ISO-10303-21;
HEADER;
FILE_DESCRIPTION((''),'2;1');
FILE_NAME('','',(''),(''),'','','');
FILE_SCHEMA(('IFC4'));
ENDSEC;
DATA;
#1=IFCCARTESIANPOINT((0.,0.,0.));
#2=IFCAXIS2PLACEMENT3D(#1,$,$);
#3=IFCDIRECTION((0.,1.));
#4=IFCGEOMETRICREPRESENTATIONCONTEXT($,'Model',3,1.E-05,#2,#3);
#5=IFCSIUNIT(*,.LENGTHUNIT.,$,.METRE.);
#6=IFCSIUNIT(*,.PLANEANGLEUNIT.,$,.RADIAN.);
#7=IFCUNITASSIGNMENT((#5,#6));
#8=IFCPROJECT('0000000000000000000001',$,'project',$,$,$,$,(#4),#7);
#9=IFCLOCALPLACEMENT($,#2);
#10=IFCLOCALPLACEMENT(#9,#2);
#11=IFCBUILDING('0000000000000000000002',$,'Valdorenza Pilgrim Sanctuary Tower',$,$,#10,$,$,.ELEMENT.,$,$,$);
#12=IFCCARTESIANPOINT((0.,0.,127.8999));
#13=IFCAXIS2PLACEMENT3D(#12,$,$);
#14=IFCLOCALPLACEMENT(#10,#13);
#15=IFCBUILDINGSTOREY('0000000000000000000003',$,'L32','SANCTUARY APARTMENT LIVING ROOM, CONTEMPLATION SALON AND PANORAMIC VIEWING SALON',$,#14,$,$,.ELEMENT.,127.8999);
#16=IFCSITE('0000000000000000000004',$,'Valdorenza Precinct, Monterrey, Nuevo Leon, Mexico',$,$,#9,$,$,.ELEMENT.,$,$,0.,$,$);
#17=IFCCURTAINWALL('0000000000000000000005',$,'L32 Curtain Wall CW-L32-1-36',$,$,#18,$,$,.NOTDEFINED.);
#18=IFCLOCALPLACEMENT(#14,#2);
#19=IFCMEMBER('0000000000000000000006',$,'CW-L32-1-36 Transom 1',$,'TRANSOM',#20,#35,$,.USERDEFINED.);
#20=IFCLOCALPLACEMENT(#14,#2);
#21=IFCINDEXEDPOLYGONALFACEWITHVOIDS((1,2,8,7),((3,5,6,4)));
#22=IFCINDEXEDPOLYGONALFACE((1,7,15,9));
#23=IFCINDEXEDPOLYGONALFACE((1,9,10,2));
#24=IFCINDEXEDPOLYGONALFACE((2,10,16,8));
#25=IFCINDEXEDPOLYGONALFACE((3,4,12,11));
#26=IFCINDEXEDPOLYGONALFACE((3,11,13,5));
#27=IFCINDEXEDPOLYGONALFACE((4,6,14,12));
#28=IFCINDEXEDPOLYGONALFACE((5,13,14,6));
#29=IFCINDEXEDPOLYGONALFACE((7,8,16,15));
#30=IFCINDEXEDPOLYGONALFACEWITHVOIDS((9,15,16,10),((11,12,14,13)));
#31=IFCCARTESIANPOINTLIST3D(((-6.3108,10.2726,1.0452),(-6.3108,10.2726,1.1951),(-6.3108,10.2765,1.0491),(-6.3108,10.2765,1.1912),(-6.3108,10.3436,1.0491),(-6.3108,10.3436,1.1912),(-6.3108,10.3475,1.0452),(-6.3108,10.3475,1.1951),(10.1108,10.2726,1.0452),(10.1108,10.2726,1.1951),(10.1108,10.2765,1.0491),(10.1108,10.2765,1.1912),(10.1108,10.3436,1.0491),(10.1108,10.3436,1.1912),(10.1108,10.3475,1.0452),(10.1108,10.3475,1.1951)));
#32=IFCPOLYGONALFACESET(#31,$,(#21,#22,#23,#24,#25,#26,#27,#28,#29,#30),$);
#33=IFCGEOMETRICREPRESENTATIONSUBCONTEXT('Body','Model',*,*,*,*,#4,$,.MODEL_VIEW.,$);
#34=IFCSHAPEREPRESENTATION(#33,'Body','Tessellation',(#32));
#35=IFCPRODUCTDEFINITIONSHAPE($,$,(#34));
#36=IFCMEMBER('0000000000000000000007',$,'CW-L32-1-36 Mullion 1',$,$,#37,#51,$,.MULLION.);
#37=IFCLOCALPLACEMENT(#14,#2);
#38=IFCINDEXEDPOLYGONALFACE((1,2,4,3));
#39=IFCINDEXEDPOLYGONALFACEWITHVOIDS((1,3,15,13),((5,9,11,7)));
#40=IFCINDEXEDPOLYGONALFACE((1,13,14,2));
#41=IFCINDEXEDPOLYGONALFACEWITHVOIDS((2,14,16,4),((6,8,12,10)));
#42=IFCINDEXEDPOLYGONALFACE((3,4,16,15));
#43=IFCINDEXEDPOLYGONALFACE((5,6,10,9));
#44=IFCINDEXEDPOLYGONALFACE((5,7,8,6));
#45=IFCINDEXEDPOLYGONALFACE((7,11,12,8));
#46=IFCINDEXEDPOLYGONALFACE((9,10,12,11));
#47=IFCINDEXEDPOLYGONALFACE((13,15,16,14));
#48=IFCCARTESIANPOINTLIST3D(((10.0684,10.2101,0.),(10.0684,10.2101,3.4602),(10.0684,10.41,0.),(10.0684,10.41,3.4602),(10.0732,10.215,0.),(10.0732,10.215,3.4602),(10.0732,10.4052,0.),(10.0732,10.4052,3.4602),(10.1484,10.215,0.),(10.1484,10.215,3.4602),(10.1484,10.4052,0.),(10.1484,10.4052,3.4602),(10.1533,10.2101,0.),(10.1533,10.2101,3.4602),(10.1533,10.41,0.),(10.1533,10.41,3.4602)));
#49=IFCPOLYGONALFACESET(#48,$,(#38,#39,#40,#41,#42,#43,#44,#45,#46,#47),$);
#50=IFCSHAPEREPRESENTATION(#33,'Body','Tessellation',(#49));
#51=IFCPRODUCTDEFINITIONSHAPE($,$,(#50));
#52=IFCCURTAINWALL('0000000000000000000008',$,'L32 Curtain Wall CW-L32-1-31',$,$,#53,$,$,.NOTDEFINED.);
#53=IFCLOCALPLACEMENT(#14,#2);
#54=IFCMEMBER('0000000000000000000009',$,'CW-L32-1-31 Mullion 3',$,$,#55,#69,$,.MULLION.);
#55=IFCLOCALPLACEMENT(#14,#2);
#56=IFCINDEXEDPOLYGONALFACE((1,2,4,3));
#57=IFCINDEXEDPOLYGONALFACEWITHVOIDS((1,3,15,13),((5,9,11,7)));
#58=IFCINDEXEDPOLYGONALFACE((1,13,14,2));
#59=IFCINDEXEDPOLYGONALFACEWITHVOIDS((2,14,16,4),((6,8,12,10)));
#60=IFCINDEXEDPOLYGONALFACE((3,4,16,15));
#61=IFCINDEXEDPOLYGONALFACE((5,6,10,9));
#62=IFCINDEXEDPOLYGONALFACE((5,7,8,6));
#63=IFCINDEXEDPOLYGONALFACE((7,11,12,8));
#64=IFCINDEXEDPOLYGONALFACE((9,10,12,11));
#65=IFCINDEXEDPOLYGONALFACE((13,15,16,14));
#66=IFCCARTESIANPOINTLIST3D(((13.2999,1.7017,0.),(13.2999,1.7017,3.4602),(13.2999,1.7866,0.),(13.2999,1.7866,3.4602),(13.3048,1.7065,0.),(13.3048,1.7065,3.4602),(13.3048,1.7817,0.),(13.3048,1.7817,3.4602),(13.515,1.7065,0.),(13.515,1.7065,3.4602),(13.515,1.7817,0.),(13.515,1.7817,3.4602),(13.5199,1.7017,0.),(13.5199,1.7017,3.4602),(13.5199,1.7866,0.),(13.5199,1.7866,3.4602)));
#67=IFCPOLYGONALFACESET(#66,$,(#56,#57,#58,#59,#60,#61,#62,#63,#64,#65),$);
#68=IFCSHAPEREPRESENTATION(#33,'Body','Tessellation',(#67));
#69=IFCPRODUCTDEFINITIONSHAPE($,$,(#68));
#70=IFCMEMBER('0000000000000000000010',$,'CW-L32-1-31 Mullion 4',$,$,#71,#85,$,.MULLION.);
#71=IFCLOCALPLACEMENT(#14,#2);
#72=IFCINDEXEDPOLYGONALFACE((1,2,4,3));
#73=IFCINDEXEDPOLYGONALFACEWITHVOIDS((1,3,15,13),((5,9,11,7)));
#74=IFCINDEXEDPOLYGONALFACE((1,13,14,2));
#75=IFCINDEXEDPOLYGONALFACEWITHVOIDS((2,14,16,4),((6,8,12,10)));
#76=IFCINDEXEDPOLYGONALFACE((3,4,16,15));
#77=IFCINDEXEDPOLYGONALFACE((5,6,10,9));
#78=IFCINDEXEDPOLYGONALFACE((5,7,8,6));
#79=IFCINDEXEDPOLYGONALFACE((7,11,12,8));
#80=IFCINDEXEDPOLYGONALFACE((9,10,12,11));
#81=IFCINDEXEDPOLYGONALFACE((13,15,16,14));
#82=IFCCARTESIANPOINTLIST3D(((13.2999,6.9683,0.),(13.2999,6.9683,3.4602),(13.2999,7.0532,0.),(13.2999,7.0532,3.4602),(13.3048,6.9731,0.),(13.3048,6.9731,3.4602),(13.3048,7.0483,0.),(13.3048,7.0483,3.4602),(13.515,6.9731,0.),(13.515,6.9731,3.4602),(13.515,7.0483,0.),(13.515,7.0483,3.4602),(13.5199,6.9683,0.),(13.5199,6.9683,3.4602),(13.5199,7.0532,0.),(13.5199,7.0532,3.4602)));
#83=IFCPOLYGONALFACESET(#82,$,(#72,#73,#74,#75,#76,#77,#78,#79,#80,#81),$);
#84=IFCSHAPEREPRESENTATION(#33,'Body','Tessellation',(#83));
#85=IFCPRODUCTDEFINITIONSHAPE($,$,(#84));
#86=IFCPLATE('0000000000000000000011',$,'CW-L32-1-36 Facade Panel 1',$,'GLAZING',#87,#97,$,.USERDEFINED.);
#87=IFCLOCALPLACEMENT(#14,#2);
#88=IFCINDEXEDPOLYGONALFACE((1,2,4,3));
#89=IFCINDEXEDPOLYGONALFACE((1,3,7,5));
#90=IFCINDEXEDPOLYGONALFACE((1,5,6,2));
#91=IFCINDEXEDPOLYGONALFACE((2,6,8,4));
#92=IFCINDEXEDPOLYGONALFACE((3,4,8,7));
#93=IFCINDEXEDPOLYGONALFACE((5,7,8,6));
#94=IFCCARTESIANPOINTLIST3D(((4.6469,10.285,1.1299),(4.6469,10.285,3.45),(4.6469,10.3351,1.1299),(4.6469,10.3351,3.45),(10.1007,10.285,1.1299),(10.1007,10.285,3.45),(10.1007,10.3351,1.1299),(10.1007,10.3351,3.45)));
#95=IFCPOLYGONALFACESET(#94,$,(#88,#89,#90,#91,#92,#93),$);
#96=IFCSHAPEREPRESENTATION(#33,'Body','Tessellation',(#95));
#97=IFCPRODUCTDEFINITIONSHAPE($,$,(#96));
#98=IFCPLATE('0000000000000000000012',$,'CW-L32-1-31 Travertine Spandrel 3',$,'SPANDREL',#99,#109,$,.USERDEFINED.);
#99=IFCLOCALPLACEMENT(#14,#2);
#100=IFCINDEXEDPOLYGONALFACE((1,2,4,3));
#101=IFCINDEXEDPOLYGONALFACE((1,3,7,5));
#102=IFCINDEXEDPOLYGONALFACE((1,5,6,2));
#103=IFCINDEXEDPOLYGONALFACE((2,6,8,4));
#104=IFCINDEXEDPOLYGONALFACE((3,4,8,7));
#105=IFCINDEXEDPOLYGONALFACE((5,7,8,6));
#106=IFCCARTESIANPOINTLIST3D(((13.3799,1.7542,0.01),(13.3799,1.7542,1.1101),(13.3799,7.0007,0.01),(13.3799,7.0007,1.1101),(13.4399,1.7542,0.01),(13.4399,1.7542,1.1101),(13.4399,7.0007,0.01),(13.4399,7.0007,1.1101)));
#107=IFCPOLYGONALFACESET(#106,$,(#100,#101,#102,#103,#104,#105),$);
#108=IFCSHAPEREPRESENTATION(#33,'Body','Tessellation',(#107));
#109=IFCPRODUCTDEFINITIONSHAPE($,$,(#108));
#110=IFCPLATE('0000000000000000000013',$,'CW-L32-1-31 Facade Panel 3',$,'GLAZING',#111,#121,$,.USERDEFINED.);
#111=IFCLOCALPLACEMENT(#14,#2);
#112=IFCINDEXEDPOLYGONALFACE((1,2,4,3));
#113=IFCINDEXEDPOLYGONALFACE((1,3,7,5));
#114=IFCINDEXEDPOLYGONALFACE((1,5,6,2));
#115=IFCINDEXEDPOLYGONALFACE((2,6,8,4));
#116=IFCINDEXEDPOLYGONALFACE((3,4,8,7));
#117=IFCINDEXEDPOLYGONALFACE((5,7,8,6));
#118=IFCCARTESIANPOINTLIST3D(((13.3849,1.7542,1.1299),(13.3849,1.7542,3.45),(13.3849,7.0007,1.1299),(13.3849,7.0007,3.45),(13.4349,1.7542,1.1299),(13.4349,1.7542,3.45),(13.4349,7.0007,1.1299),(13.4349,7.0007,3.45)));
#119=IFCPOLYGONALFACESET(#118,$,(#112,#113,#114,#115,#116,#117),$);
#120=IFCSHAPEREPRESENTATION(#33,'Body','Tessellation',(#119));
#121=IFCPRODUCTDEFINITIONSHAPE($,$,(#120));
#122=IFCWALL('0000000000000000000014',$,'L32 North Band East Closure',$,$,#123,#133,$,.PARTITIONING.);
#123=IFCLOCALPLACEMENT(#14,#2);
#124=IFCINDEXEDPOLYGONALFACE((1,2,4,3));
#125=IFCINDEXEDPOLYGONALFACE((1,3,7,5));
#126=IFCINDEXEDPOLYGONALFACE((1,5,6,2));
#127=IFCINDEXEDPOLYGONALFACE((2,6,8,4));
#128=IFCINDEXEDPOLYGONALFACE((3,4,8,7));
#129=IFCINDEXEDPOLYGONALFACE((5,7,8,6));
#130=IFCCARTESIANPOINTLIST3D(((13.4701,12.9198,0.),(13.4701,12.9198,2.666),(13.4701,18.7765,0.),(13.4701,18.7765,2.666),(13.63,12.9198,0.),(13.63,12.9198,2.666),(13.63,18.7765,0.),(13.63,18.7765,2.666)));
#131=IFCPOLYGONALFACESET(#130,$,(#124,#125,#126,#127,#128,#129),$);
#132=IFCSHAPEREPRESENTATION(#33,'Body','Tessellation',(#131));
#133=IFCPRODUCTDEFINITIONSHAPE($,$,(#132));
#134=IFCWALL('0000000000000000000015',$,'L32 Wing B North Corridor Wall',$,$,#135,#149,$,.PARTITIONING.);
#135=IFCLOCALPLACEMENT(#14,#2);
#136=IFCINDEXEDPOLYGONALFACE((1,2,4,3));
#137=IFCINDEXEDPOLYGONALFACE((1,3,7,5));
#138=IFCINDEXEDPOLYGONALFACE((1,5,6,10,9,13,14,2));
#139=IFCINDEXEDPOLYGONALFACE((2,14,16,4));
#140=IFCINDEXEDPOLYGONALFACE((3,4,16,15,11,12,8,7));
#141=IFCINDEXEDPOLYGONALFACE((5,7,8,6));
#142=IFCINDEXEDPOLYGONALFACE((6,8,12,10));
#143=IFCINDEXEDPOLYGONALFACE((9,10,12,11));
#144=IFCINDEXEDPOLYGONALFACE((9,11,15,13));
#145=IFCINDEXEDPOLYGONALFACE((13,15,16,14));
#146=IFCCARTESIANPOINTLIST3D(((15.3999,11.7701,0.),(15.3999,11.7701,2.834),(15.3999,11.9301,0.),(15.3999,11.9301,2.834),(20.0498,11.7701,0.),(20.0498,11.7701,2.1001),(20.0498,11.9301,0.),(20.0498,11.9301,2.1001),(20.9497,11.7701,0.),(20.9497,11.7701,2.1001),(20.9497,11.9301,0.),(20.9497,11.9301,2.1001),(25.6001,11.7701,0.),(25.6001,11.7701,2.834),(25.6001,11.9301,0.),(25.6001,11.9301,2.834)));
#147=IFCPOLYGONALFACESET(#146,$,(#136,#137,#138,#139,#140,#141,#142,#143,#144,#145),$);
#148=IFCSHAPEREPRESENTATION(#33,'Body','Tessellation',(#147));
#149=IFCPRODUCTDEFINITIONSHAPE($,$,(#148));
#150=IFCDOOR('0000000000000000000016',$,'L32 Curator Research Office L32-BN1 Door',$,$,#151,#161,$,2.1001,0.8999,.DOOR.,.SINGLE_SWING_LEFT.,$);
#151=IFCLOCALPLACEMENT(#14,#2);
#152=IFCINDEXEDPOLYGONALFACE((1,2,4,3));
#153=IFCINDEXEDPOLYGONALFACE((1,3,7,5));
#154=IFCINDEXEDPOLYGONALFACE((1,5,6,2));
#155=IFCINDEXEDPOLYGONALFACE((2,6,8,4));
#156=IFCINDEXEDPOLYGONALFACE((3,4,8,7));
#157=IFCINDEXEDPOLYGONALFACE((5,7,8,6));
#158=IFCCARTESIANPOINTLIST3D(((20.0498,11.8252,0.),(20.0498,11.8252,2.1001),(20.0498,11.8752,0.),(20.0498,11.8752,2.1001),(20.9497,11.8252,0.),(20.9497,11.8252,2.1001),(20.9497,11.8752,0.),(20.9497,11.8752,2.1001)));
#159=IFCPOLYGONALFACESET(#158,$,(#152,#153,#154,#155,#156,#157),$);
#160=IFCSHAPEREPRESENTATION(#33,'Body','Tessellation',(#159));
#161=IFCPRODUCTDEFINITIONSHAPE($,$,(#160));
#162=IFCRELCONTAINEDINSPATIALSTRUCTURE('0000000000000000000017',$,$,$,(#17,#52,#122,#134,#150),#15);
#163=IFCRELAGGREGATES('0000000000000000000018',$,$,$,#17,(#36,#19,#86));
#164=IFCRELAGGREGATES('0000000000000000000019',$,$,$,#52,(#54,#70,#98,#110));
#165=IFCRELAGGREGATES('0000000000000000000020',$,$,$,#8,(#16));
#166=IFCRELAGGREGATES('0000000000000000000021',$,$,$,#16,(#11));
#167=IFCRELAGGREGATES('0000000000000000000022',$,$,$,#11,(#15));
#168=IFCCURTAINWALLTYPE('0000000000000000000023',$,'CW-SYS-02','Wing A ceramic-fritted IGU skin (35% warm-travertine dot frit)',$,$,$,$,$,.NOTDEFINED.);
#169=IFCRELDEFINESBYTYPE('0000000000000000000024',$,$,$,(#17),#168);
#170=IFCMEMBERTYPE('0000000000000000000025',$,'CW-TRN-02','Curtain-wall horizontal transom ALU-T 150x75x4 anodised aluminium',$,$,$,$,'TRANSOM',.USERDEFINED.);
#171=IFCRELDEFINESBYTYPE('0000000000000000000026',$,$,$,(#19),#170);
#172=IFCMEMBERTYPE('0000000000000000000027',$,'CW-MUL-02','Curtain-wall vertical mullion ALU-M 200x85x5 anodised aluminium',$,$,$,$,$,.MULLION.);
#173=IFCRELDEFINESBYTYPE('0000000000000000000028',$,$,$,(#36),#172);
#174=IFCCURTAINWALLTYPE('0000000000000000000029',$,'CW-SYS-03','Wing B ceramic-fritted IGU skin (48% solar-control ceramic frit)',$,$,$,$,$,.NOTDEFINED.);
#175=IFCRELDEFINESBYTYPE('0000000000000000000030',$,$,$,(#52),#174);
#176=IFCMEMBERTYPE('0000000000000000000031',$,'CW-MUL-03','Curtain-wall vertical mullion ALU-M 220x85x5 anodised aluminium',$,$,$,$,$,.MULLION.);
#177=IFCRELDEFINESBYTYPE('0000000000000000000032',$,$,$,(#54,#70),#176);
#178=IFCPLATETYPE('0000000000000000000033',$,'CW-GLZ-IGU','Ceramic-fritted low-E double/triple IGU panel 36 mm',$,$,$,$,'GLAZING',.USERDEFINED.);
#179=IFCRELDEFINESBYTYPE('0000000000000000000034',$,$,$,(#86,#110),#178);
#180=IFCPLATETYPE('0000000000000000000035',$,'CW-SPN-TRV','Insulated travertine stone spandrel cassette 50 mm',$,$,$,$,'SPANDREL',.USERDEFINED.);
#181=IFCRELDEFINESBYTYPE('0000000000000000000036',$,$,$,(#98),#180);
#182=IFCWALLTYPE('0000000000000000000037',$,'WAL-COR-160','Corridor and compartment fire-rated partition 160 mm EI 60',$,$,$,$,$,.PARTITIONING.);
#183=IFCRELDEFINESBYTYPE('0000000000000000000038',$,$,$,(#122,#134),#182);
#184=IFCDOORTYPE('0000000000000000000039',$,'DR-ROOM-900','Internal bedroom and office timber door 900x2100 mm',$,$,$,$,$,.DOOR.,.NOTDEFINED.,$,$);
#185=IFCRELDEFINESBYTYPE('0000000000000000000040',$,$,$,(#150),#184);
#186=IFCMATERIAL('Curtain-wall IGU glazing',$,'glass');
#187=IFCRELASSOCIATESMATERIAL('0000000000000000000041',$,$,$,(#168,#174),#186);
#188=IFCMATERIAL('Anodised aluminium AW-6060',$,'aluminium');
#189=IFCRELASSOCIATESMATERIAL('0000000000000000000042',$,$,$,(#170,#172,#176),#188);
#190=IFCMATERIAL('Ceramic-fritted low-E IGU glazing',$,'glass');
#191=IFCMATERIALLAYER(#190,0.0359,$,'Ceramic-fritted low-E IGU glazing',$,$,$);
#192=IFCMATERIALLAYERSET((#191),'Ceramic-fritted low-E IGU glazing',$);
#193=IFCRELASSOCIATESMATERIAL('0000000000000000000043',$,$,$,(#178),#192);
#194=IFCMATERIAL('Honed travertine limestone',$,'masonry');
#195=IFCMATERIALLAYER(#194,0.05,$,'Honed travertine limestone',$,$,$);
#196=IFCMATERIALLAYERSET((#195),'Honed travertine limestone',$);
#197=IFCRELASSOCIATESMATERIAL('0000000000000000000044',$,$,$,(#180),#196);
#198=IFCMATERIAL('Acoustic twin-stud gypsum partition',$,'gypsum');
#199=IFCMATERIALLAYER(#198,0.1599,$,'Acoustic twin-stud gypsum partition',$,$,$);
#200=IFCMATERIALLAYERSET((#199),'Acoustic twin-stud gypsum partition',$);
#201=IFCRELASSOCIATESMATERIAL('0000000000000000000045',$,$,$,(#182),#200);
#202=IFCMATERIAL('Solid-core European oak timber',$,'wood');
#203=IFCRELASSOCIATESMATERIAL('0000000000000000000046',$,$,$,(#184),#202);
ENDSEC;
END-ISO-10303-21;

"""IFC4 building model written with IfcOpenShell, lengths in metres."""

from ifc_helpers import new_model, si_unit, direction, frame, frame_2d, origin, origin_2d, place, context, subcontext, project, spatial, rectangle, hollow_rectangle, extrude, source, transform, mapped, material, layer, layer_set, material_profile, profile_set, type_object, element, fill, aggregate, save


model = new_model("IFC4")

# Units and contexts
model_context = context("Model", 3, precision=1e-05, world=origin(), true_north=direction((0.0, 1.0)))
body_context = subcontext(model_context, "Body", "Model", "MODEL_VIEW")
ifc_project = project(units=[si_unit("LENGTHUNIT", "METRE"), si_unit("PLANEANGLEUNIT", "RADIAN")], contexts=[model_context])

# Site, building, storey
site_placement = place(None, origin())
site = spatial("IfcSite", under=ifc_project, at=site_placement, Name="Valdorenza Precinct, Monterrey, Nuevo Leon, Mexico", CompositionType="ELEMENT", RefElevation=0.0)
building_placement = place(site_placement, origin())
building = spatial("IfcBuilding", under=site, at=building_placement, Name="Valdorenza Pilgrim Sanctuary Tower", CompositionType="ELEMENT")
storey_placement = place(building_placement, frame((0.0, 0.0, 127.8999)))
storey = spatial("IfcBuildingStorey", under=building, at=storey_placement, Name="L32", Description="SANCTUARY APARTMENT LIVING ROOM, CONTEMPLATION SALON AND PANORAMIC VIEWING SALON", CompositionType="ELEMENT", Elevation=127.8999)

# Curtain walls, members
ifc_material_1 = material(Name="Curtain-wall IGU glazing", Category="glass")
curtain_wall_type_1 = type_object("IfcCurtainWallType", Name="CW-SYS-02", Description="Wing A ceramic-fritted IGU skin (35% warm-travertine dot frit)", PredefinedType="NOTDEFINED", material=ifc_material_1)
curtain_wall_1_placement = place(storey_placement, origin())
curtain_wall_1 = element("IfcCurtainWall", 1, at=curtain_wall_1_placement, inside=storey, type_object=curtain_wall_type_1, Name="L32 Curtain Wall CW-L32-1-36", PredefinedType="NOTDEFINED")
ifc_material_2 = material(Name="Anodised aluminium AW-6060", Category="aluminium")
ifc_material_profile_1 = material_profile(ifc_material_2, hollow_rectangle(XDim=0.075, YDim=0.1499, WallThickness=0.0039, at=origin_2d()), Name="ALU-T 150x75x4")
ifc_profile_set_1 = profile_set([ifc_material_profile_1], Name="Anodised aluminium AW-6060")
member_type_1 = type_object("IfcMemberType", Name="CW-TRN-02", Description="Curtain-wall horizontal transom ALU-T 150x75x4 anodised aluminium", ElementType="TRANSOM", PredefinedType="USERDEFINED", material=ifc_profile_set_1)
shared_shape_1 = source(origin(), body_context, "Body", "SweptSolid", [
    extrude(hollow_rectangle(XDim=0.075, YDim=0.1499, WallThickness=0.0039, at=origin_2d()), origin(), (0.0, 0.0, 1.0), 16.4216),
])
member_1_placement = place(storey_placement, frame((10.1108, 10.3101, 1.1201), z_axis=(-1.0, 0.0, 0.0), x_axis=(0.0, -1.0, 0.0)))
member_1 = element("IfcMember", 2, at=member_1_placement, type_object=member_type_1, Name="CW-L32-1-36 Transom 1", ObjectType="TRANSOM", PredefinedType="USERDEFINED", context=body_context, shape_type="MappedRepresentation", body=[
    mapped(shared_shape_1, transform((0.0, 0.0, 0.0), x_axis=(1.0, 0.0, 0.0), y_axis=(0.0, 1.0, 0.0), z_axis=(0.0, 0.0, 1.0), scale=1.0)),
])
ifc_material_profile_2 = material_profile(ifc_material_2, hollow_rectangle(XDim=0.085, YDim=0.2, WallThickness=0.0049, at=origin_2d()), Name="ALU-M 200x85x5")
ifc_profile_set_2 = profile_set([ifc_material_profile_2], Name="Anodised aluminium AW-6060")
member_type_2 = type_object("IfcMemberType", Name="CW-MUL-02", Description="Curtain-wall vertical mullion ALU-M 200x85x5 anodised aluminium", PredefinedType="MULLION", material=ifc_profile_set_2)
shared_shape_2 = source(origin(), body_context, "Body", "SweptSolid", [
    extrude(hollow_rectangle(XDim=0.085, YDim=0.2, WallThickness=0.0049, at=origin_2d()), origin(), (0.0, 0.0, 1.0), 3.4602),
])
member_2_placement = place(storey_placement, frame((10.1108, 10.3101, 0.0), z_axis=(0.0, 0.0, 1.0), x_axis=(-1.0, 0.0, 0.0)))
member_2 = element("IfcMember", 3, at=member_2_placement, type_object=member_type_2, Name="CW-L32-1-36 Mullion 1", PredefinedType="MULLION", context=body_context, shape_type="MappedRepresentation", body=[
    mapped(shared_shape_2, transform((0.0, 0.0, 0.0), x_axis=(1.0, 0.0, 0.0), y_axis=(0.0, 1.0, 0.0), z_axis=(0.0, 0.0, 1.0), scale=1.0)),
])
curtain_wall_type_2 = type_object("IfcCurtainWallType", Name="CW-SYS-03", Description="Wing B ceramic-fritted IGU skin (48% solar-control ceramic frit)", PredefinedType="NOTDEFINED", material=ifc_material_1)
curtain_wall_2_placement = place(storey_placement, origin())
curtain_wall_2 = element("IfcCurtainWall", 4, at=curtain_wall_2_placement, inside=storey, type_object=curtain_wall_type_2, Name="L32 Curtain Wall CW-L32-1-31", PredefinedType="NOTDEFINED")
ifc_material_profile_3 = material_profile(ifc_material_2, hollow_rectangle(XDim=0.085, YDim=0.22, WallThickness=0.0049, at=origin_2d()), Name="ALU-M 220x85x5")
ifc_profile_set_3 = profile_set([ifc_material_profile_3], Name="Anodised aluminium AW-6060")
member_type_3 = type_object("IfcMemberType", Name="CW-MUL-03", Description="Curtain-wall vertical mullion ALU-M 220x85x5 anodised aluminium", PredefinedType="MULLION", material=ifc_profile_set_3)
shared_shape_3 = source(origin(), body_context, "Body", "SweptSolid", [
    extrude(hollow_rectangle(XDim=0.085, YDim=0.22, WallThickness=0.0049, at=origin_2d()), origin(), (0.0, 0.0, 1.0), 3.4602),
])
member_3_placement = place(storey_placement, frame((13.4099, 1.7441, 0.0), z_axis=(0.0, 0.0, 1.0), x_axis=(0.0, 1.0, 0.0)))
member_3 = element("IfcMember", 5, at=member_3_placement, type_object=member_type_3, Name="CW-L32-1-31 Mullion 3", PredefinedType="MULLION", context=body_context, shape_type="MappedRepresentation", body=[
    mapped(shared_shape_3, transform((0.0, 0.0, 0.0), x_axis=(1.0, 0.0, 0.0), y_axis=(0.0, 1.0, 0.0), z_axis=(0.0, 0.0, 1.0), scale=1.0)),
])
member_4_placement = place(storey_placement, frame((13.4099, 7.0107, 0.0), z_axis=(0.0, 0.0, 1.0), x_axis=(0.0, 1.0, 0.0)))
member_4 = element("IfcMember", 6, at=member_4_placement, type_object=member_type_3, Name="CW-L32-1-31 Mullion 4", PredefinedType="MULLION", context=body_context, shape_type="MappedRepresentation", body=[
    mapped(shared_shape_3, transform((0.0, 0.0, 0.0), x_axis=(1.0, 0.0, 0.0), y_axis=(0.0, 1.0, 0.0), z_axis=(0.0, 0.0, 1.0), scale=1.0)),
])

# Plates
ifc_material_3 = material(Name="Ceramic-fritted low-E IGU glazing", Category="glass")
ifc_layer_1 = layer(ifc_material_3, 0.0359, Name="Ceramic-fritted low-E IGU glazing")
ifc_layer_set_1 = layer_set([ifc_layer_1], Name="Ceramic-fritted low-E IGU glazing")
plate_type_1 = type_object("IfcPlateType", Name="CW-GLZ-IGU", Description="Ceramic-fritted low-E double/triple IGU panel 36 mm", ElementType="GLAZING", PredefinedType="USERDEFINED", material=ifc_layer_set_1)
shared_shape_4 = source(origin(), body_context, "Body", "SweptSolid", [
    extrude(rectangle(XDim=5.4539, YDim=0.05, at=origin_2d()), origin(), (0.0, 0.0, 1.0), 2.3201),
])
plate_1_placement = place(storey_placement, frame((7.3738, 10.3101, 1.1299), z_axis=(0.0, 0.0, 1.0), x_axis=(-1.0, 0.0, 0.0)))
plate_1 = element("IfcPlate", 7, at=plate_1_placement, type_object=plate_type_1, Name="CW-L32-1-36 Facade Panel 1", ObjectType="GLAZING", PredefinedType="USERDEFINED", context=body_context, shape_type="MappedRepresentation", body=[
    mapped(shared_shape_4, transform((0.0, 0.0, 0.0), x_axis=(1.0, 0.0, 0.0), y_axis=(0.0, 1.0, 0.0), z_axis=(0.0, 0.0, 1.0), scale=1.0)),
])
aggregate(curtain_wall_1, [member_2, member_1, plate_1])
ifc_material_4 = material(Name="Honed travertine limestone", Category="masonry")
ifc_layer_2 = layer(ifc_material_4, 0.05, Name="Honed travertine limestone")
ifc_layer_set_2 = layer_set([ifc_layer_2], Name="Honed travertine limestone")
plate_type_2 = type_object("IfcPlateType", Name="CW-SPN-TRV", Description="Insulated travertine stone spandrel cassette 50 mm", ElementType="SPANDREL", PredefinedType="USERDEFINED", material=ifc_layer_set_2)
shared_shape_5 = source(origin(), body_context, "Body", "SweptSolid", [
    extrude(rectangle(XDim=5.2466, YDim=0.0601, at=origin_2d()), origin(), (0.0, 0.0, 1.0), 1.1001),
])
plate_2_placement = place(storey_placement, frame((13.4099, 4.3774, 0.01), z_axis=(0.0, 0.0, 1.0), x_axis=(0.0, 1.0, 0.0)))
plate_2 = element("IfcPlate", 8, at=plate_2_placement, type_object=plate_type_2, Name="CW-L32-1-31 Travertine Spandrel 3", ObjectType="SPANDREL", PredefinedType="USERDEFINED", context=body_context, shape_type="MappedRepresentation", body=[
    mapped(shared_shape_5, transform((0.0, 0.0, 0.0), x_axis=(1.0, 0.0, 0.0), y_axis=(0.0, 1.0, 0.0), z_axis=(0.0, 0.0, 1.0), scale=1.0)),
])
shared_shape_6 = source(origin(), body_context, "Body", "SweptSolid", [
    extrude(rectangle(XDim=5.2466, YDim=0.05, at=origin_2d()), origin(), (0.0, 0.0, 1.0), 2.3201),
])
plate_3_placement = place(storey_placement, frame((13.4099, 4.3774, 1.1299), z_axis=(0.0, 0.0, 1.0), x_axis=(0.0, 1.0, 0.0)))
plate_3 = element("IfcPlate", 9, at=plate_3_placement, type_object=plate_type_1, Name="CW-L32-1-31 Facade Panel 3", ObjectType="GLAZING", PredefinedType="USERDEFINED", context=body_context, shape_type="MappedRepresentation", body=[
    mapped(shared_shape_6, transform((0.0, 0.0, 0.0), x_axis=(1.0, 0.0, 0.0), y_axis=(0.0, 1.0, 0.0), z_axis=(0.0, 0.0, 1.0), scale=1.0)),
])
aggregate(curtain_wall_2, [member_3, member_4, plate_2, plate_3])

# Wall
ifc_material_5 = material(Name="Acoustic twin-stud gypsum partition", Category="gypsum")
ifc_layer_3 = layer(ifc_material_5, 0.1599, Name="Acoustic twin-stud gypsum partition")
ifc_layer_set_3 = layer_set([ifc_layer_3], Name="Acoustic twin-stud gypsum partition")
wall_type_1 = type_object("IfcWallType", Name="WAL-COR-160", Description="Corridor and compartment fire-rated partition 160 mm EI 60", PredefinedType="PARTITIONING", material=ifc_layer_set_3)
wall_1_placement = place(storey_placement, frame((13.55, 12.9199, 0.0), z_axis=(0.0, 0.0, 1.0), x_axis=(0.0, 1.0, 0.0)))
element("IfcWall", 10, at=wall_1_placement, inside=storey, type_object=wall_type_1, Name="L32 North Band East Closure", PredefinedType="PARTITIONING", context=body_context, shape_type="SweptSolid", body=[
    extrude(rectangle(XDim=5.8567, YDim=0.1599, at=frame_2d((2.9282, 0.0))), origin(), (0.0, 0.0, 1.0), 2.666),
])

# Wall, opening, door
wall_2_placement = place(storey_placement, frame((15.3999, 11.8501, 0.0), z_axis=(0.0, 0.0, 1.0), x_axis=(1.0, 0.0, 0.0)))
wall_2 = element("IfcWall", 11, at=wall_2_placement, inside=storey, type_object=wall_type_1, Name="L32 Wing B North Corridor Wall", PredefinedType="PARTITIONING", context=body_context, shape_type="SweptSolid", body=[
    extrude(rectangle(XDim=10.2002, YDim=0.1599, at=frame_2d((5.1001, 0.0))), origin(), (0.0, 0.0, 1.0), 2.834),
])
opening_1_placement = place(wall_2_placement, frame((4.6499, 0.0, 0.0)))
opening_1 = element("IfcOpeningElement", 12, at=opening_1_placement, cuts=wall_2, PredefinedType="OPENING", context=body_context, shape_type="SweptSolid", body=[
    extrude(rectangle(XDim=0.8999, YDim=2.1001, at=frame_2d((0.45, 1.05))), frame((0.0, 0.0947, 0.0), z_axis=(0.0, -1.0, 0.0), x_axis=(1.0, 0.0, 0.0)), (0.0, 0.0, 1.0), 0.1897),
])
ifc_material_6 = material(Name="Solid-core European oak timber", Category="wood")
door_type = type_object("IfcDoorType", Name="DR-ROOM-900", Description="Internal bedroom and office timber door 900x2100 mm", OperationType="NOTDEFINED", PredefinedType="DOOR", material=ifc_material_6)
door_1_placement = place(opening_1_placement, frame((0.8999, 0.0, 0.0), z_axis=(0.0, 0.0, 1.0), x_axis=(-1.0, 0.0, 0.0)))
door_1 = element("IfcDoor", 13, at=door_1_placement, inside=storey, type_object=door_type, Name="L32 Curator Research Office L32-BN1 Door", OperationType="SINGLE_SWING_LEFT", OverallHeight=2.1001, OverallWidth=0.8999, PredefinedType="DOOR", context=body_context, shape_type="SweptSolid", body=[
    extrude(rectangle(XDim=0.8999, YDim=2.1001, at=frame_2d((0.45, 1.05))), frame((0.0, 0.0249, 0.0), z_axis=(0.0, -1.0, 0.0), x_axis=(1.0, 0.0, 0.0)), (0.0, 0.0, 1.0), 0.05),
])
fill(opening_1, door_1)

save(model, "model.ifc")
